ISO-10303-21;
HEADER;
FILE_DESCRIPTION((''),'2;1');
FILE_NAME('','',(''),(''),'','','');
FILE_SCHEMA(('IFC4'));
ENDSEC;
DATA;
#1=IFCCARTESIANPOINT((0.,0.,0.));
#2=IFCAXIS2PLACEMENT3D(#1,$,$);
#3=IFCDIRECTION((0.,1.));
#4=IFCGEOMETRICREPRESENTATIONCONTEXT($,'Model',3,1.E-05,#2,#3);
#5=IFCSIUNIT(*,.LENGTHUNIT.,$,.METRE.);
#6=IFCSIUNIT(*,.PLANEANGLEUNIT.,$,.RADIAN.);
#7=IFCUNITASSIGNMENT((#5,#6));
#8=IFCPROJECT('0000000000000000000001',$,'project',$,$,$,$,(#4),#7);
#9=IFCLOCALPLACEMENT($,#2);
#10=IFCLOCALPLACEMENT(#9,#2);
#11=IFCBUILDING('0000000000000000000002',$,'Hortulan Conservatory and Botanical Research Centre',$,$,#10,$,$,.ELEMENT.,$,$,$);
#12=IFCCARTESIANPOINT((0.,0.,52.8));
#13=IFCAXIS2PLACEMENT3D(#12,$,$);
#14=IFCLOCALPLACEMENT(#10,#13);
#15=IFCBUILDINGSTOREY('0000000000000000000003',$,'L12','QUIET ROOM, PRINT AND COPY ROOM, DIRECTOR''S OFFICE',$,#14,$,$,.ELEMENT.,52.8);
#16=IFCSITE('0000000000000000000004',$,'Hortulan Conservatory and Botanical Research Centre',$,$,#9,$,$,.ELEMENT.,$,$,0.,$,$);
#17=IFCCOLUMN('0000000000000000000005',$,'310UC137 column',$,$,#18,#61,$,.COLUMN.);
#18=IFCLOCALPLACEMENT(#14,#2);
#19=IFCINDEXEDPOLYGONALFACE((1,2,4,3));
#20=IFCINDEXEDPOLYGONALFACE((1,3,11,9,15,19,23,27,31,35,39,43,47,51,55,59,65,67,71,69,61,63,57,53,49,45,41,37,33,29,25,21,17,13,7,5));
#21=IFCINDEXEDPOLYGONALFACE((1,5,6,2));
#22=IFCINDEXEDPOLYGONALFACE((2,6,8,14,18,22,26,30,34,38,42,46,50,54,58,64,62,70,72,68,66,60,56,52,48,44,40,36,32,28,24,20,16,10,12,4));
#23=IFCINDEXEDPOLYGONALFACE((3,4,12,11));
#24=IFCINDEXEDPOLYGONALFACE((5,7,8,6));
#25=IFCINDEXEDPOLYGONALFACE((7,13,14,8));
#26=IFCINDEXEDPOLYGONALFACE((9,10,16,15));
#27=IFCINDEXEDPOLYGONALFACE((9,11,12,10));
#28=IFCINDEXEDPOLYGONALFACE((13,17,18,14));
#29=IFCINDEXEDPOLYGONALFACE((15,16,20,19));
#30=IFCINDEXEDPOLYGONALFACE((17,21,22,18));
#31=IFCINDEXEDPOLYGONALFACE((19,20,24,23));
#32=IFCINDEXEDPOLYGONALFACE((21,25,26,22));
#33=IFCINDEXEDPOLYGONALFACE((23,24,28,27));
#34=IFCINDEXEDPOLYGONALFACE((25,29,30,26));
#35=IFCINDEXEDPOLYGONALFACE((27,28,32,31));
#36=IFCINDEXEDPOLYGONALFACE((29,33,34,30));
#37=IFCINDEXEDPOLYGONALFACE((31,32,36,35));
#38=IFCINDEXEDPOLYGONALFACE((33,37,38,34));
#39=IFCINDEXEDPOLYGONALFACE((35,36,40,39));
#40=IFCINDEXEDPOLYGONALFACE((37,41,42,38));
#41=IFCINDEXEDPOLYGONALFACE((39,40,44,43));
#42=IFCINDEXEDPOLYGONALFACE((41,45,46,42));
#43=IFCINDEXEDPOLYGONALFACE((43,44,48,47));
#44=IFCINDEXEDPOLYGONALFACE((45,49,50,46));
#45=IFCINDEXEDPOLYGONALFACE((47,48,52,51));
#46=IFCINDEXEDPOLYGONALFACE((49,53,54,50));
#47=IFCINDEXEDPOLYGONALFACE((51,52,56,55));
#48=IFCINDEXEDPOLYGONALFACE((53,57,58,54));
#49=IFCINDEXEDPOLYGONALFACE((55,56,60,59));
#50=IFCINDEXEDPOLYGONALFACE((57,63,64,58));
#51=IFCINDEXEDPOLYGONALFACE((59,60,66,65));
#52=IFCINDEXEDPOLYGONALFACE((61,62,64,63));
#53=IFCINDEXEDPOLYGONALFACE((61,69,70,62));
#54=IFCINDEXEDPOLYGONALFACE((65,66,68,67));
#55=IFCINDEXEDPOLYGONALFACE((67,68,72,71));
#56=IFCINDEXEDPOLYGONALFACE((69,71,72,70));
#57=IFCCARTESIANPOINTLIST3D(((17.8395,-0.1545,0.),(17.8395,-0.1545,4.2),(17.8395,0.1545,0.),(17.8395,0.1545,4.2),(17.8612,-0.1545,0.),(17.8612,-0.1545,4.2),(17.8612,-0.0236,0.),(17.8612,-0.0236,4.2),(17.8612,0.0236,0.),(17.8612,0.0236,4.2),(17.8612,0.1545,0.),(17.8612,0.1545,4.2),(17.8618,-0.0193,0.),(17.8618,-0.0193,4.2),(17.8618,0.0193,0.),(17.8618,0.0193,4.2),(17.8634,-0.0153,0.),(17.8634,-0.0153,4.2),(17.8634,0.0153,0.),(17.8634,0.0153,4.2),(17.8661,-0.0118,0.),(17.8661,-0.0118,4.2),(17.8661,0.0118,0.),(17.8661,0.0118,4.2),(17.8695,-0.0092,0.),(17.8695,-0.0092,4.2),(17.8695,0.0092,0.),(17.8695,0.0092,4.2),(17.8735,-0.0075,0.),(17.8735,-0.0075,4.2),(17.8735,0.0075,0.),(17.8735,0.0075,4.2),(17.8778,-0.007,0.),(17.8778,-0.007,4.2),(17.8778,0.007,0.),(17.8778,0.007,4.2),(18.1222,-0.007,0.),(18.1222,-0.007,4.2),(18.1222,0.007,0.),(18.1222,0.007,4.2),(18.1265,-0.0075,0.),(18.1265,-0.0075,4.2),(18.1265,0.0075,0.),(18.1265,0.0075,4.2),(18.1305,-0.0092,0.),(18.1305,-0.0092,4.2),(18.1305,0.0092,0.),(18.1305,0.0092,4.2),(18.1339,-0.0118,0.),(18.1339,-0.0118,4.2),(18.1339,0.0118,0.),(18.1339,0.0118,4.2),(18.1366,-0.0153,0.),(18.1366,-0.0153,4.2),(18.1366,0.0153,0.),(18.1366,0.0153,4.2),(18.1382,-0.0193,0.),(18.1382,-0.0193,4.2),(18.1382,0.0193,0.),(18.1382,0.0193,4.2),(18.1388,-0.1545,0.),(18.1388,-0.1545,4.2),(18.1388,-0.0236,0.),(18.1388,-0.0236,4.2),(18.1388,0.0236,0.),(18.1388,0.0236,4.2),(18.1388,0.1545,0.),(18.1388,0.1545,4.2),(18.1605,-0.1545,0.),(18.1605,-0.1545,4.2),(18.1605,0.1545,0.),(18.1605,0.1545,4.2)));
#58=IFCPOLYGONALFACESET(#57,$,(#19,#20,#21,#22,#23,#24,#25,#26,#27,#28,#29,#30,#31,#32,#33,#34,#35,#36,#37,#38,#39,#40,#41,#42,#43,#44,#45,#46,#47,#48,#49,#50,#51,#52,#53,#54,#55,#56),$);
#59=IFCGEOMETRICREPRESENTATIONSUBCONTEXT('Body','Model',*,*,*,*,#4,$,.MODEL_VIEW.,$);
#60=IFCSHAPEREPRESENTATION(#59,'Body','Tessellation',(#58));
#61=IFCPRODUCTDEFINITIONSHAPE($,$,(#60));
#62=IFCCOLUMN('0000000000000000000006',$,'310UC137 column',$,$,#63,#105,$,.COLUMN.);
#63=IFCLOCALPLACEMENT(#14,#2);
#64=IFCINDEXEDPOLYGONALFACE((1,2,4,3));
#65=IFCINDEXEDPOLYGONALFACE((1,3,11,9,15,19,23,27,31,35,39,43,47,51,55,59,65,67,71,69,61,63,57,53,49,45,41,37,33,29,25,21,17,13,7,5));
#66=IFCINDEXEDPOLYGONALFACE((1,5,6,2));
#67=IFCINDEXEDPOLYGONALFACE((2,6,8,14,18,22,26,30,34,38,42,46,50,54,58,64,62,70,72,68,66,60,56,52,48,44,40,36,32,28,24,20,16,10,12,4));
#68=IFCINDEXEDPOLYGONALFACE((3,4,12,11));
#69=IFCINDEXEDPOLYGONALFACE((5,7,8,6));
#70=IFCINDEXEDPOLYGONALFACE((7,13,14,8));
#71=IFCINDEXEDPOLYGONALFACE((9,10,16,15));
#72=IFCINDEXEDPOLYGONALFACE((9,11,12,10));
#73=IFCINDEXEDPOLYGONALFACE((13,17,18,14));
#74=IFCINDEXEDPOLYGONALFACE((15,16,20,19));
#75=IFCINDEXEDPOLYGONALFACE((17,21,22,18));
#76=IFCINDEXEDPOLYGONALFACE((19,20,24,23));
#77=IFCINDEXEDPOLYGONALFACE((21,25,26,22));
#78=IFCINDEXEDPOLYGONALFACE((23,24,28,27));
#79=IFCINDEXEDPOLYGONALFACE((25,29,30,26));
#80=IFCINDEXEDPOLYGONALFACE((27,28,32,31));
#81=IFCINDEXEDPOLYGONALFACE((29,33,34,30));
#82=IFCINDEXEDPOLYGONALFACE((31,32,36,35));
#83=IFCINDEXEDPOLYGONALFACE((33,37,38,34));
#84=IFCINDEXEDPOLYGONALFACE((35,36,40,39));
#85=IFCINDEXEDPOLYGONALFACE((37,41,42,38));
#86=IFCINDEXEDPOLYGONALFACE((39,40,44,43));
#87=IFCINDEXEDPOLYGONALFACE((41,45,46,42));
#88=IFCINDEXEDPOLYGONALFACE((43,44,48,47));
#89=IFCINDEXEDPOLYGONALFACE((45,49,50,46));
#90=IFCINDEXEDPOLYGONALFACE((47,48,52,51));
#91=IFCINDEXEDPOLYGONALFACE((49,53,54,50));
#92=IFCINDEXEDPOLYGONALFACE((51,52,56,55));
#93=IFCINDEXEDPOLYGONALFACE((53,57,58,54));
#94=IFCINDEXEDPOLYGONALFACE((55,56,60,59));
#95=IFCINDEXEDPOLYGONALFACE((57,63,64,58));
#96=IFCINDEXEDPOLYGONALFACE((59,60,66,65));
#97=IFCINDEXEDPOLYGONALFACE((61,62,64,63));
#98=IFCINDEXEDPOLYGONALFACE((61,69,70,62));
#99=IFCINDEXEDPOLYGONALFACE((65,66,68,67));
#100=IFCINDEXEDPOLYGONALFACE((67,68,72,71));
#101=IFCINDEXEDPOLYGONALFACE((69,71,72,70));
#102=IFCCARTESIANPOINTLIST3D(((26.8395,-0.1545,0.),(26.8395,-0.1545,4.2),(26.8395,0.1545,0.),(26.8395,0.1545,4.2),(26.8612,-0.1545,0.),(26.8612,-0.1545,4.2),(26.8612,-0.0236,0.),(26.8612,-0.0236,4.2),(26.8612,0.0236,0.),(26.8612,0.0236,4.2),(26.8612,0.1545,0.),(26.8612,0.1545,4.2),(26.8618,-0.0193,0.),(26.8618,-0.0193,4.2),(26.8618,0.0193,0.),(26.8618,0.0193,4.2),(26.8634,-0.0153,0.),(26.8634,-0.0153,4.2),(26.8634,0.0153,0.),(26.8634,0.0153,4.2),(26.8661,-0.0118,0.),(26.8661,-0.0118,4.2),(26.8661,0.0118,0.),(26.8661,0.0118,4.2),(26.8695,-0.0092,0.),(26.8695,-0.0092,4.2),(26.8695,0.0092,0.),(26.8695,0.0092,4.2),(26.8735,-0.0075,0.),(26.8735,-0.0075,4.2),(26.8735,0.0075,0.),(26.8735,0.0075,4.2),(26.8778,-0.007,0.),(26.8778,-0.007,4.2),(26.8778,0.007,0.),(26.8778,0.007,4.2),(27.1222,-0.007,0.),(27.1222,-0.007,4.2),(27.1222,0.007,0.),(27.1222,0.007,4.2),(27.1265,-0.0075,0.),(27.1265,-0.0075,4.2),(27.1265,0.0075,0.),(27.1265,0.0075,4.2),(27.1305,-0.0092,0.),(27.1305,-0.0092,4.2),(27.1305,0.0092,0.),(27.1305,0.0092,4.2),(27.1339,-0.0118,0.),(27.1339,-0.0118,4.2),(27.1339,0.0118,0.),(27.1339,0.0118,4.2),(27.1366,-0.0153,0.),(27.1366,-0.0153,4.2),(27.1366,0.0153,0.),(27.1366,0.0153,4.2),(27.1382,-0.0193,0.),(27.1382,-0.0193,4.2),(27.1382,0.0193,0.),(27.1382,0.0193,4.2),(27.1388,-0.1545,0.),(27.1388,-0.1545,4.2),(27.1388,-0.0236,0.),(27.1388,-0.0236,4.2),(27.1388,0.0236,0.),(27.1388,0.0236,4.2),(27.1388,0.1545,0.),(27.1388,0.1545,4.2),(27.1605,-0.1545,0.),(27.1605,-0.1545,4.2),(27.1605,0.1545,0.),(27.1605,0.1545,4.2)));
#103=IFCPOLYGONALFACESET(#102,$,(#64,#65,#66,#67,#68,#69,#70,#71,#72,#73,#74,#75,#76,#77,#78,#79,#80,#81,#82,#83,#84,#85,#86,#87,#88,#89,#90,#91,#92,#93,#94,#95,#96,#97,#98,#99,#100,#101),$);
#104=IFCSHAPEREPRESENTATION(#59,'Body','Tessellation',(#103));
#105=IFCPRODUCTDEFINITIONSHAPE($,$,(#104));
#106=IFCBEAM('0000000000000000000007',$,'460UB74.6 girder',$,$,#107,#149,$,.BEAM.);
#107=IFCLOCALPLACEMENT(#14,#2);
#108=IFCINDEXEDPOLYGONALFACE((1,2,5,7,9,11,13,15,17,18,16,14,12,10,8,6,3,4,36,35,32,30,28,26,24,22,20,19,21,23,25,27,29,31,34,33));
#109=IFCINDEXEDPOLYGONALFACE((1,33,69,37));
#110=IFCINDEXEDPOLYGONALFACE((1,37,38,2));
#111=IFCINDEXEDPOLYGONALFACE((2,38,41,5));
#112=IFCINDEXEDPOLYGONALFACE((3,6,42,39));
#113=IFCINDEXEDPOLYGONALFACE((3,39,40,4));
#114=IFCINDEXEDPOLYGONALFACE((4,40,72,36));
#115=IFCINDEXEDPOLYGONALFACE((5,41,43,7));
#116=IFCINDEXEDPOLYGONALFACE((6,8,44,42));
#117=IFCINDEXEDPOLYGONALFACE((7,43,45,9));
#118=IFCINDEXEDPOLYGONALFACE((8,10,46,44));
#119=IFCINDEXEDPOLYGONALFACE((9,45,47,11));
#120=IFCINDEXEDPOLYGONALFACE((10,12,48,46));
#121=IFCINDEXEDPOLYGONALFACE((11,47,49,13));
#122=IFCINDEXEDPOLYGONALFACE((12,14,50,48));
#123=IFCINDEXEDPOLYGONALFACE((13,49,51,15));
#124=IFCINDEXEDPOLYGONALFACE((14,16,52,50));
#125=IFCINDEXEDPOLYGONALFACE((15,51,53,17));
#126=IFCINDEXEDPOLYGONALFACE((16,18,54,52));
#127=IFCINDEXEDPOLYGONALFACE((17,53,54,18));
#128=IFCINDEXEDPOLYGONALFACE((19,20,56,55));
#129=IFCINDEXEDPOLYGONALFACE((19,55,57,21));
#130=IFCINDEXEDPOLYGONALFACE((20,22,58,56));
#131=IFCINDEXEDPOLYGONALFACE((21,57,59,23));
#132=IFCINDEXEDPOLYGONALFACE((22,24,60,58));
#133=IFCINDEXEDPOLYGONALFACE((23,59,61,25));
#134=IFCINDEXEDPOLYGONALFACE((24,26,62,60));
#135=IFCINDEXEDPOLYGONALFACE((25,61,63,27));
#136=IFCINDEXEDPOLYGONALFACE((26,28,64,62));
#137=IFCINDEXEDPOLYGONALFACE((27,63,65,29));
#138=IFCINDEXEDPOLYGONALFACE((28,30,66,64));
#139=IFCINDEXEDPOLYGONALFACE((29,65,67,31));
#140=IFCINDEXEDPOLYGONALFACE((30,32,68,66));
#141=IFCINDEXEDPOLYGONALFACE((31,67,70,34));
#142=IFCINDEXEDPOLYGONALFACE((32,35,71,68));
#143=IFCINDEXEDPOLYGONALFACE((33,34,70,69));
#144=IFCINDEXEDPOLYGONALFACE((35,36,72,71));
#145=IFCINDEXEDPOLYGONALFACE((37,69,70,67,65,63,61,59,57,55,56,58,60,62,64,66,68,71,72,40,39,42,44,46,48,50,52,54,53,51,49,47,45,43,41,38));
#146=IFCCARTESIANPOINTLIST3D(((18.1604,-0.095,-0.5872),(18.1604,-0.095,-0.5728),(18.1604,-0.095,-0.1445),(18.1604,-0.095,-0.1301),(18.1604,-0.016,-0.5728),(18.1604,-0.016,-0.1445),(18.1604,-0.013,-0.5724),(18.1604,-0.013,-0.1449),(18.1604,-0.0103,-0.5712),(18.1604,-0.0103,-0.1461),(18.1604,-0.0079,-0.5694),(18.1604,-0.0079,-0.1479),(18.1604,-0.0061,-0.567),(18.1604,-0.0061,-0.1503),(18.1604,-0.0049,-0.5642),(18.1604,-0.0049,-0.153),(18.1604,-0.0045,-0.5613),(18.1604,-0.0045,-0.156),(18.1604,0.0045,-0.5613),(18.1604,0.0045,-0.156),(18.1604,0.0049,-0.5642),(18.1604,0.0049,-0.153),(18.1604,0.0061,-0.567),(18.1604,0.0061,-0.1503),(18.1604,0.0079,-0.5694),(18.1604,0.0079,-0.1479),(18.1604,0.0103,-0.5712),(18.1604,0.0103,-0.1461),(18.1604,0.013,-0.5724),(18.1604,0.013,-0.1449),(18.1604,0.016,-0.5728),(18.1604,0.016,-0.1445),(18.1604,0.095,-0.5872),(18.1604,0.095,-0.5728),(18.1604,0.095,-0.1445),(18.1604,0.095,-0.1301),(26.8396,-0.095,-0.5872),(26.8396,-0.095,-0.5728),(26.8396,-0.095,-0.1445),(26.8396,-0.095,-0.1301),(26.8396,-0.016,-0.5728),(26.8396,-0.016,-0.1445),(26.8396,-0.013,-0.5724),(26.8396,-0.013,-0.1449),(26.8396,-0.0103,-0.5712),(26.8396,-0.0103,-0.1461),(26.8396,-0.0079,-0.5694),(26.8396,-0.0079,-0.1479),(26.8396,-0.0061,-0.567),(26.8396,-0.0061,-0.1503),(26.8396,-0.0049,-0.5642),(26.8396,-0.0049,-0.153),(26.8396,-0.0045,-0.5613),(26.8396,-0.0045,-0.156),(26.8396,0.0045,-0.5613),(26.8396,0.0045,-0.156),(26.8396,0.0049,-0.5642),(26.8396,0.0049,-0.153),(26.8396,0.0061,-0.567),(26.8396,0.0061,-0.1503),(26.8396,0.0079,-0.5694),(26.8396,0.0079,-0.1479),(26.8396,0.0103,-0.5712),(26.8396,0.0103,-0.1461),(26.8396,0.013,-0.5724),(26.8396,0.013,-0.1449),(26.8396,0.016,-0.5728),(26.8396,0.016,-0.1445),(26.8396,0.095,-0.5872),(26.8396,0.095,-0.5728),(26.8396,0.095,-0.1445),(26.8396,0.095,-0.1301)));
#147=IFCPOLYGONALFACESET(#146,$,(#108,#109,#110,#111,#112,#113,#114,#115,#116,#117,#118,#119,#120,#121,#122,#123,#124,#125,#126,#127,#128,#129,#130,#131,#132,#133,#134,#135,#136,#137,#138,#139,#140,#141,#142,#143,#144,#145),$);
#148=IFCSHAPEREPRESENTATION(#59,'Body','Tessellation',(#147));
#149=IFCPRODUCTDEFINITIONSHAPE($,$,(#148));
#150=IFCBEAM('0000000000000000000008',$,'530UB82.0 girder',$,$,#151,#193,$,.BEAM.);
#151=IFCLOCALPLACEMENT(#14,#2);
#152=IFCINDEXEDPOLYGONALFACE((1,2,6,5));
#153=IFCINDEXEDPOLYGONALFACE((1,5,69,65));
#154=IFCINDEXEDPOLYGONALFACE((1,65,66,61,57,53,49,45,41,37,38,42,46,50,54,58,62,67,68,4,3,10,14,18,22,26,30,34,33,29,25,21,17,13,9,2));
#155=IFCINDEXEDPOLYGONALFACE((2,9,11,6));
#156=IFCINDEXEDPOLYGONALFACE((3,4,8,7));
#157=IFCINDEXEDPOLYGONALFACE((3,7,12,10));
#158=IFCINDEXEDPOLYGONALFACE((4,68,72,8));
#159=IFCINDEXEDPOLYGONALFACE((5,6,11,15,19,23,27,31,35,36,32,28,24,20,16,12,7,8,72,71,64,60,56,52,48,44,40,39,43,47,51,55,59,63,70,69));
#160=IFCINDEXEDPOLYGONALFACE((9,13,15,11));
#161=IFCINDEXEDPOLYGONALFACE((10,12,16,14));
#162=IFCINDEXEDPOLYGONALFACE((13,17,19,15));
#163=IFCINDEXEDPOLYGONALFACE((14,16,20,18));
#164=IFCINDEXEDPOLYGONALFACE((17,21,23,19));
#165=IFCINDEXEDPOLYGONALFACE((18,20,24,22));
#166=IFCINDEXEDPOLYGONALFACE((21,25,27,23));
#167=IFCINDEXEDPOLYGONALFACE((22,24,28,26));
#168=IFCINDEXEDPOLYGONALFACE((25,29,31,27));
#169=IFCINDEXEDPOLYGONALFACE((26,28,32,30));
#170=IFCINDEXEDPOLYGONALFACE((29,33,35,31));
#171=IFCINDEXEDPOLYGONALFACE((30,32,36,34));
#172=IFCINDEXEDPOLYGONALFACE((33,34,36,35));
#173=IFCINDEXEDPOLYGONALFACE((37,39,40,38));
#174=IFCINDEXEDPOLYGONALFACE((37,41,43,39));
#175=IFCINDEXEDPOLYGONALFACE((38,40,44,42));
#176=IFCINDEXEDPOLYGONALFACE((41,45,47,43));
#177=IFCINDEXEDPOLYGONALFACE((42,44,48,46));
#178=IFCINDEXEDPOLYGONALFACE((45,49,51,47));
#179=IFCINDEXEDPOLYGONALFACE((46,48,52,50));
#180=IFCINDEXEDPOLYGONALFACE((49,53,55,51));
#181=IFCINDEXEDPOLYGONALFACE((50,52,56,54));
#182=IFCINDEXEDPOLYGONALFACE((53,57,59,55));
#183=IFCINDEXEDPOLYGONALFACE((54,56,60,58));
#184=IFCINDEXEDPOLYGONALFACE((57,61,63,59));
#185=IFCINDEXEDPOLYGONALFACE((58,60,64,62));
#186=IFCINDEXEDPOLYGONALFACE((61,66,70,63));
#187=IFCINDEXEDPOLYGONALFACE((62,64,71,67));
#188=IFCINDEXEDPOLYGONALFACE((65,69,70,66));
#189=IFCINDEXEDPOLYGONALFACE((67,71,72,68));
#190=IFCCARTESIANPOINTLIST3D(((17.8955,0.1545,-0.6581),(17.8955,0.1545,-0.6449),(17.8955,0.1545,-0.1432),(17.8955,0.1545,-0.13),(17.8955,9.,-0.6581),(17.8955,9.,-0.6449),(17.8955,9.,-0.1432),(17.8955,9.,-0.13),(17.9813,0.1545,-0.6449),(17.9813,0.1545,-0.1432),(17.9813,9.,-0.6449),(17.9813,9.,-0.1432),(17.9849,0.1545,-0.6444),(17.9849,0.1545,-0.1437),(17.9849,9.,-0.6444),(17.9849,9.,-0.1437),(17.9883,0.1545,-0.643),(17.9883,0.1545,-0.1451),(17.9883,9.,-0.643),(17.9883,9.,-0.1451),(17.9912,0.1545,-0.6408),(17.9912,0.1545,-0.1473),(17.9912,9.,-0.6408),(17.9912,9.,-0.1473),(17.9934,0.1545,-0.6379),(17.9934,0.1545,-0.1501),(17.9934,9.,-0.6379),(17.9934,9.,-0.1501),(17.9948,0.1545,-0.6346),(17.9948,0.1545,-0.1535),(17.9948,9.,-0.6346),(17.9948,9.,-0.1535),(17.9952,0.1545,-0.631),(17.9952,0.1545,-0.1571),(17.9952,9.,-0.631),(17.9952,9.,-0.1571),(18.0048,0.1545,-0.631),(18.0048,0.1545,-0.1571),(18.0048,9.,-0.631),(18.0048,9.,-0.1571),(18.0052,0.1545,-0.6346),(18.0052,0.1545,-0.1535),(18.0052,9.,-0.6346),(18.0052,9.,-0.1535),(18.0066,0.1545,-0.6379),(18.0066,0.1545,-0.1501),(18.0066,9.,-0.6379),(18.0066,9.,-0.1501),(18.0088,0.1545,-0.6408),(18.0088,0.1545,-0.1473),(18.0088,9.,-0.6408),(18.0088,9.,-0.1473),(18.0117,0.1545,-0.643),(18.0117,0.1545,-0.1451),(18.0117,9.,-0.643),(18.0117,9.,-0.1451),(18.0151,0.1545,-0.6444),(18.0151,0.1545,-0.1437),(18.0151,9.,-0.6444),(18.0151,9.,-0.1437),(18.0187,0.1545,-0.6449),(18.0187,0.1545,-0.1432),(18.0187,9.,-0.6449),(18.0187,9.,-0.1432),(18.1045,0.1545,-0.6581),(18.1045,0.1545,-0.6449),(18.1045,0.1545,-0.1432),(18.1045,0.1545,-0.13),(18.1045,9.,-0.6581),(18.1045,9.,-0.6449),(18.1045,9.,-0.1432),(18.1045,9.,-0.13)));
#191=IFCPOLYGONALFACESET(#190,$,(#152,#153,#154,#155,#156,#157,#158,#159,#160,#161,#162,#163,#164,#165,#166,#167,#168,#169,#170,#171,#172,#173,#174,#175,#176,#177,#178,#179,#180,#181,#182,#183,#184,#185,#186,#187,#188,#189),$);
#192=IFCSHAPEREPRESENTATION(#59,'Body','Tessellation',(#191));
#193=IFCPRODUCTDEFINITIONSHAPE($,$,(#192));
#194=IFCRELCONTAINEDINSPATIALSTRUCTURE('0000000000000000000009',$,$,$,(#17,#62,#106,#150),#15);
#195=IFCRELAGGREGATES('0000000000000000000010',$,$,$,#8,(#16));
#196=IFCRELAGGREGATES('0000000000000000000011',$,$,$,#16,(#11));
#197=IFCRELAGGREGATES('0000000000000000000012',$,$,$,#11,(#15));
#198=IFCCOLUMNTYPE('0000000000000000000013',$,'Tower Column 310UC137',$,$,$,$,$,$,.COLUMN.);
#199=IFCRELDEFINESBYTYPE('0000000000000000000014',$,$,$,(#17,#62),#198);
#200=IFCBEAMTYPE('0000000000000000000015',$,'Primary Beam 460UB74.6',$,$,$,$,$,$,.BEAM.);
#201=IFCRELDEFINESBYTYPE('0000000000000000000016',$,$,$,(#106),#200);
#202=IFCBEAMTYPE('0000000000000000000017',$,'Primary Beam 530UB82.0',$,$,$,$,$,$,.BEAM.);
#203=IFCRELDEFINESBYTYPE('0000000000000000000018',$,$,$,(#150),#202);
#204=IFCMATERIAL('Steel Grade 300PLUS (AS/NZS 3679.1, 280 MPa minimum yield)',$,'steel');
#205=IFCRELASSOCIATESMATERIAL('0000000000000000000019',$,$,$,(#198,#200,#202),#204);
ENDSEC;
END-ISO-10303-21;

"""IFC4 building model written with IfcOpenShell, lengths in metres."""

from ifc_helpers import new_model, si_unit, direction, frame, origin, origin_2d, place, context, subcontext, project, spatial, i_section, extrude, material, material_profile, profile_set, type_object, element, save


model = new_model("IFC4")

# Units and contexts
model_context = context("Model", 3, precision=1e-05, world=origin(), true_north=direction((0.0, 1.0)))
body_context = subcontext(model_context, "Body", "Model", "MODEL_VIEW")
ifc_project = project(units=[si_unit("LENGTHUNIT", "METRE"), si_unit("PLANEANGLEUNIT", "RADIAN")], contexts=[model_context])

# Site, building, storey
site_placement = place(None, origin())
site = spatial("IfcSite", under=ifc_project, at=site_placement, Name="Hortulan Conservatory and Botanical Research Centre", CompositionType="ELEMENT", RefElevation=0.0)
building_placement = place(site_placement, origin())
building = spatial("IfcBuilding", under=site, at=building_placement, Name="Hortulan Conservatory and Botanical Research Centre", CompositionType="ELEMENT")
storey_placement = place(building_placement, frame((0.0, 0.0, 52.8)))
storey = spatial("IfcBuildingStorey", under=building, at=storey_placement, Name="L12", Description="QUIET ROOM, PRINT AND COPY ROOM, DIRECTOR'S OFFICE", CompositionType="ELEMENT", Elevation=52.8)

# Columns
ifc_material_1 = material(Name="Steel Grade 300PLUS (AS/NZS 3679.1, 280 MPa minimum yield)", Category="steel")
ifc_material_profile_1 = material_profile(ifc_material_1, i_section(OverallWidth=0.3091, OverallDepth=0.321, WebThickness=0.0139, FlangeThickness=0.0217, FilletRadius=0.0166, at=origin_2d()), Name="310UC137")
ifc_profile_set_1 = profile_set([ifc_material_profile_1], Name="Steel Grade 300PLUS (AS/NZS 3679.1, 280 MPa minimum yield)")
column_type = type_object("IfcColumnType", Name="Tower Column 310UC137", PredefinedType="COLUMN", material=ifc_profile_set_1)
for number, where, z_axis, x_axis, name in (
    (1, (18.0, 0.0, 0.0), (0.0, 0.0, 1.0), (0.0, 1.0, 0.0), "310UC137 column"),
    (2, (27.0, 0.0, 0.0), (0.0, 0.0, 1.0), (0.0, 1.0, 0.0), "310UC137 column"),
):
    element("IfcColumn", number, at=place(storey_placement, frame(where, z_axis=z_axis, x_axis=x_axis)), inside=storey, type_object=column_type, Name=name, PredefinedType="COLUMN", context=body_context, shape_type="SweptSolid", body=[
        extrude(i_section(OverallWidth=0.3091, OverallDepth=0.321, WebThickness=0.0139, FlangeThickness=0.0217, FilletRadius=0.0166, at=origin_2d()), origin(), (0.0, 0.0, 1.0), 4.2),
    ])

# Beams
ifc_material_profile_2 = material_profile(ifc_material_1, i_section(OverallWidth=0.1899, OverallDepth=0.457, WebThickness=0.009, FlangeThickness=0.0144, FilletRadius=0.0115, at=origin_2d()), Name="460UB74.6")
ifc_profile_set_2 = profile_set([ifc_material_profile_2], Name="Steel Grade 300PLUS (AS/NZS 3679.1, 280 MPa minimum yield)")
beam_type_1 = type_object("IfcBeamType", Name="Primary Beam 460UB74.6", PredefinedType="BEAM", material=ifc_profile_set_2)
beam_1_placement = place(storey_placement, frame((18.1604, 0.0, -0.3586), z_axis=(1.0, 0.0, 0.0), x_axis=(0.0, 1.0, 0.0)))
element("IfcBeam", 3, at=beam_1_placement, inside=storey, type_object=beam_type_1, Name="460UB74.6 girder", PredefinedType="BEAM", context=body_context, shape_type="SweptSolid", body=[
    extrude(i_section(OverallWidth=0.1899, OverallDepth=0.457, WebThickness=0.009, FlangeThickness=0.0144, FilletRadius=0.0115, at=origin_2d()), origin(), (0.0, 0.0, 1.0), 8.6792),
])
ifc_material_profile_3 = material_profile(ifc_material_1, i_section(OverallWidth=0.209, OverallDepth=0.5281, WebThickness=0.0095, FlangeThickness=0.0132, FilletRadius=0.0139, at=origin_2d()), Name="530UB82.0")
ifc_profile_set_3 = profile_set([ifc_material_profile_3], Name="Steel Grade 300PLUS (AS/NZS 3679.1, 280 MPa minimum yield)")
beam_type_2 = type_object("IfcBeamType", Name="Primary Beam 530UB82.0", PredefinedType="BEAM", material=ifc_profile_set_3)
beam_2_placement = place(storey_placement, frame((18.0, 0.1545, -0.394), z_axis=(0.0, 1.0, 0.0), x_axis=(-1.0, 0.0, 0.0)))
element("IfcBeam", 4, at=beam_2_placement, inside=storey, type_object=beam_type_2, Name="530UB82.0 girder", PredefinedType="BEAM", context=body_context, shape_type="SweptSolid", body=[
    extrude(i_section(OverallWidth=0.209, OverallDepth=0.5281, WebThickness=0.0095, FlangeThickness=0.0132, FilletRadius=0.0139, at=origin_2d()), origin(), (0.0, 0.0, 1.0), 8.8455),
])

save(model, "model.ifc")
